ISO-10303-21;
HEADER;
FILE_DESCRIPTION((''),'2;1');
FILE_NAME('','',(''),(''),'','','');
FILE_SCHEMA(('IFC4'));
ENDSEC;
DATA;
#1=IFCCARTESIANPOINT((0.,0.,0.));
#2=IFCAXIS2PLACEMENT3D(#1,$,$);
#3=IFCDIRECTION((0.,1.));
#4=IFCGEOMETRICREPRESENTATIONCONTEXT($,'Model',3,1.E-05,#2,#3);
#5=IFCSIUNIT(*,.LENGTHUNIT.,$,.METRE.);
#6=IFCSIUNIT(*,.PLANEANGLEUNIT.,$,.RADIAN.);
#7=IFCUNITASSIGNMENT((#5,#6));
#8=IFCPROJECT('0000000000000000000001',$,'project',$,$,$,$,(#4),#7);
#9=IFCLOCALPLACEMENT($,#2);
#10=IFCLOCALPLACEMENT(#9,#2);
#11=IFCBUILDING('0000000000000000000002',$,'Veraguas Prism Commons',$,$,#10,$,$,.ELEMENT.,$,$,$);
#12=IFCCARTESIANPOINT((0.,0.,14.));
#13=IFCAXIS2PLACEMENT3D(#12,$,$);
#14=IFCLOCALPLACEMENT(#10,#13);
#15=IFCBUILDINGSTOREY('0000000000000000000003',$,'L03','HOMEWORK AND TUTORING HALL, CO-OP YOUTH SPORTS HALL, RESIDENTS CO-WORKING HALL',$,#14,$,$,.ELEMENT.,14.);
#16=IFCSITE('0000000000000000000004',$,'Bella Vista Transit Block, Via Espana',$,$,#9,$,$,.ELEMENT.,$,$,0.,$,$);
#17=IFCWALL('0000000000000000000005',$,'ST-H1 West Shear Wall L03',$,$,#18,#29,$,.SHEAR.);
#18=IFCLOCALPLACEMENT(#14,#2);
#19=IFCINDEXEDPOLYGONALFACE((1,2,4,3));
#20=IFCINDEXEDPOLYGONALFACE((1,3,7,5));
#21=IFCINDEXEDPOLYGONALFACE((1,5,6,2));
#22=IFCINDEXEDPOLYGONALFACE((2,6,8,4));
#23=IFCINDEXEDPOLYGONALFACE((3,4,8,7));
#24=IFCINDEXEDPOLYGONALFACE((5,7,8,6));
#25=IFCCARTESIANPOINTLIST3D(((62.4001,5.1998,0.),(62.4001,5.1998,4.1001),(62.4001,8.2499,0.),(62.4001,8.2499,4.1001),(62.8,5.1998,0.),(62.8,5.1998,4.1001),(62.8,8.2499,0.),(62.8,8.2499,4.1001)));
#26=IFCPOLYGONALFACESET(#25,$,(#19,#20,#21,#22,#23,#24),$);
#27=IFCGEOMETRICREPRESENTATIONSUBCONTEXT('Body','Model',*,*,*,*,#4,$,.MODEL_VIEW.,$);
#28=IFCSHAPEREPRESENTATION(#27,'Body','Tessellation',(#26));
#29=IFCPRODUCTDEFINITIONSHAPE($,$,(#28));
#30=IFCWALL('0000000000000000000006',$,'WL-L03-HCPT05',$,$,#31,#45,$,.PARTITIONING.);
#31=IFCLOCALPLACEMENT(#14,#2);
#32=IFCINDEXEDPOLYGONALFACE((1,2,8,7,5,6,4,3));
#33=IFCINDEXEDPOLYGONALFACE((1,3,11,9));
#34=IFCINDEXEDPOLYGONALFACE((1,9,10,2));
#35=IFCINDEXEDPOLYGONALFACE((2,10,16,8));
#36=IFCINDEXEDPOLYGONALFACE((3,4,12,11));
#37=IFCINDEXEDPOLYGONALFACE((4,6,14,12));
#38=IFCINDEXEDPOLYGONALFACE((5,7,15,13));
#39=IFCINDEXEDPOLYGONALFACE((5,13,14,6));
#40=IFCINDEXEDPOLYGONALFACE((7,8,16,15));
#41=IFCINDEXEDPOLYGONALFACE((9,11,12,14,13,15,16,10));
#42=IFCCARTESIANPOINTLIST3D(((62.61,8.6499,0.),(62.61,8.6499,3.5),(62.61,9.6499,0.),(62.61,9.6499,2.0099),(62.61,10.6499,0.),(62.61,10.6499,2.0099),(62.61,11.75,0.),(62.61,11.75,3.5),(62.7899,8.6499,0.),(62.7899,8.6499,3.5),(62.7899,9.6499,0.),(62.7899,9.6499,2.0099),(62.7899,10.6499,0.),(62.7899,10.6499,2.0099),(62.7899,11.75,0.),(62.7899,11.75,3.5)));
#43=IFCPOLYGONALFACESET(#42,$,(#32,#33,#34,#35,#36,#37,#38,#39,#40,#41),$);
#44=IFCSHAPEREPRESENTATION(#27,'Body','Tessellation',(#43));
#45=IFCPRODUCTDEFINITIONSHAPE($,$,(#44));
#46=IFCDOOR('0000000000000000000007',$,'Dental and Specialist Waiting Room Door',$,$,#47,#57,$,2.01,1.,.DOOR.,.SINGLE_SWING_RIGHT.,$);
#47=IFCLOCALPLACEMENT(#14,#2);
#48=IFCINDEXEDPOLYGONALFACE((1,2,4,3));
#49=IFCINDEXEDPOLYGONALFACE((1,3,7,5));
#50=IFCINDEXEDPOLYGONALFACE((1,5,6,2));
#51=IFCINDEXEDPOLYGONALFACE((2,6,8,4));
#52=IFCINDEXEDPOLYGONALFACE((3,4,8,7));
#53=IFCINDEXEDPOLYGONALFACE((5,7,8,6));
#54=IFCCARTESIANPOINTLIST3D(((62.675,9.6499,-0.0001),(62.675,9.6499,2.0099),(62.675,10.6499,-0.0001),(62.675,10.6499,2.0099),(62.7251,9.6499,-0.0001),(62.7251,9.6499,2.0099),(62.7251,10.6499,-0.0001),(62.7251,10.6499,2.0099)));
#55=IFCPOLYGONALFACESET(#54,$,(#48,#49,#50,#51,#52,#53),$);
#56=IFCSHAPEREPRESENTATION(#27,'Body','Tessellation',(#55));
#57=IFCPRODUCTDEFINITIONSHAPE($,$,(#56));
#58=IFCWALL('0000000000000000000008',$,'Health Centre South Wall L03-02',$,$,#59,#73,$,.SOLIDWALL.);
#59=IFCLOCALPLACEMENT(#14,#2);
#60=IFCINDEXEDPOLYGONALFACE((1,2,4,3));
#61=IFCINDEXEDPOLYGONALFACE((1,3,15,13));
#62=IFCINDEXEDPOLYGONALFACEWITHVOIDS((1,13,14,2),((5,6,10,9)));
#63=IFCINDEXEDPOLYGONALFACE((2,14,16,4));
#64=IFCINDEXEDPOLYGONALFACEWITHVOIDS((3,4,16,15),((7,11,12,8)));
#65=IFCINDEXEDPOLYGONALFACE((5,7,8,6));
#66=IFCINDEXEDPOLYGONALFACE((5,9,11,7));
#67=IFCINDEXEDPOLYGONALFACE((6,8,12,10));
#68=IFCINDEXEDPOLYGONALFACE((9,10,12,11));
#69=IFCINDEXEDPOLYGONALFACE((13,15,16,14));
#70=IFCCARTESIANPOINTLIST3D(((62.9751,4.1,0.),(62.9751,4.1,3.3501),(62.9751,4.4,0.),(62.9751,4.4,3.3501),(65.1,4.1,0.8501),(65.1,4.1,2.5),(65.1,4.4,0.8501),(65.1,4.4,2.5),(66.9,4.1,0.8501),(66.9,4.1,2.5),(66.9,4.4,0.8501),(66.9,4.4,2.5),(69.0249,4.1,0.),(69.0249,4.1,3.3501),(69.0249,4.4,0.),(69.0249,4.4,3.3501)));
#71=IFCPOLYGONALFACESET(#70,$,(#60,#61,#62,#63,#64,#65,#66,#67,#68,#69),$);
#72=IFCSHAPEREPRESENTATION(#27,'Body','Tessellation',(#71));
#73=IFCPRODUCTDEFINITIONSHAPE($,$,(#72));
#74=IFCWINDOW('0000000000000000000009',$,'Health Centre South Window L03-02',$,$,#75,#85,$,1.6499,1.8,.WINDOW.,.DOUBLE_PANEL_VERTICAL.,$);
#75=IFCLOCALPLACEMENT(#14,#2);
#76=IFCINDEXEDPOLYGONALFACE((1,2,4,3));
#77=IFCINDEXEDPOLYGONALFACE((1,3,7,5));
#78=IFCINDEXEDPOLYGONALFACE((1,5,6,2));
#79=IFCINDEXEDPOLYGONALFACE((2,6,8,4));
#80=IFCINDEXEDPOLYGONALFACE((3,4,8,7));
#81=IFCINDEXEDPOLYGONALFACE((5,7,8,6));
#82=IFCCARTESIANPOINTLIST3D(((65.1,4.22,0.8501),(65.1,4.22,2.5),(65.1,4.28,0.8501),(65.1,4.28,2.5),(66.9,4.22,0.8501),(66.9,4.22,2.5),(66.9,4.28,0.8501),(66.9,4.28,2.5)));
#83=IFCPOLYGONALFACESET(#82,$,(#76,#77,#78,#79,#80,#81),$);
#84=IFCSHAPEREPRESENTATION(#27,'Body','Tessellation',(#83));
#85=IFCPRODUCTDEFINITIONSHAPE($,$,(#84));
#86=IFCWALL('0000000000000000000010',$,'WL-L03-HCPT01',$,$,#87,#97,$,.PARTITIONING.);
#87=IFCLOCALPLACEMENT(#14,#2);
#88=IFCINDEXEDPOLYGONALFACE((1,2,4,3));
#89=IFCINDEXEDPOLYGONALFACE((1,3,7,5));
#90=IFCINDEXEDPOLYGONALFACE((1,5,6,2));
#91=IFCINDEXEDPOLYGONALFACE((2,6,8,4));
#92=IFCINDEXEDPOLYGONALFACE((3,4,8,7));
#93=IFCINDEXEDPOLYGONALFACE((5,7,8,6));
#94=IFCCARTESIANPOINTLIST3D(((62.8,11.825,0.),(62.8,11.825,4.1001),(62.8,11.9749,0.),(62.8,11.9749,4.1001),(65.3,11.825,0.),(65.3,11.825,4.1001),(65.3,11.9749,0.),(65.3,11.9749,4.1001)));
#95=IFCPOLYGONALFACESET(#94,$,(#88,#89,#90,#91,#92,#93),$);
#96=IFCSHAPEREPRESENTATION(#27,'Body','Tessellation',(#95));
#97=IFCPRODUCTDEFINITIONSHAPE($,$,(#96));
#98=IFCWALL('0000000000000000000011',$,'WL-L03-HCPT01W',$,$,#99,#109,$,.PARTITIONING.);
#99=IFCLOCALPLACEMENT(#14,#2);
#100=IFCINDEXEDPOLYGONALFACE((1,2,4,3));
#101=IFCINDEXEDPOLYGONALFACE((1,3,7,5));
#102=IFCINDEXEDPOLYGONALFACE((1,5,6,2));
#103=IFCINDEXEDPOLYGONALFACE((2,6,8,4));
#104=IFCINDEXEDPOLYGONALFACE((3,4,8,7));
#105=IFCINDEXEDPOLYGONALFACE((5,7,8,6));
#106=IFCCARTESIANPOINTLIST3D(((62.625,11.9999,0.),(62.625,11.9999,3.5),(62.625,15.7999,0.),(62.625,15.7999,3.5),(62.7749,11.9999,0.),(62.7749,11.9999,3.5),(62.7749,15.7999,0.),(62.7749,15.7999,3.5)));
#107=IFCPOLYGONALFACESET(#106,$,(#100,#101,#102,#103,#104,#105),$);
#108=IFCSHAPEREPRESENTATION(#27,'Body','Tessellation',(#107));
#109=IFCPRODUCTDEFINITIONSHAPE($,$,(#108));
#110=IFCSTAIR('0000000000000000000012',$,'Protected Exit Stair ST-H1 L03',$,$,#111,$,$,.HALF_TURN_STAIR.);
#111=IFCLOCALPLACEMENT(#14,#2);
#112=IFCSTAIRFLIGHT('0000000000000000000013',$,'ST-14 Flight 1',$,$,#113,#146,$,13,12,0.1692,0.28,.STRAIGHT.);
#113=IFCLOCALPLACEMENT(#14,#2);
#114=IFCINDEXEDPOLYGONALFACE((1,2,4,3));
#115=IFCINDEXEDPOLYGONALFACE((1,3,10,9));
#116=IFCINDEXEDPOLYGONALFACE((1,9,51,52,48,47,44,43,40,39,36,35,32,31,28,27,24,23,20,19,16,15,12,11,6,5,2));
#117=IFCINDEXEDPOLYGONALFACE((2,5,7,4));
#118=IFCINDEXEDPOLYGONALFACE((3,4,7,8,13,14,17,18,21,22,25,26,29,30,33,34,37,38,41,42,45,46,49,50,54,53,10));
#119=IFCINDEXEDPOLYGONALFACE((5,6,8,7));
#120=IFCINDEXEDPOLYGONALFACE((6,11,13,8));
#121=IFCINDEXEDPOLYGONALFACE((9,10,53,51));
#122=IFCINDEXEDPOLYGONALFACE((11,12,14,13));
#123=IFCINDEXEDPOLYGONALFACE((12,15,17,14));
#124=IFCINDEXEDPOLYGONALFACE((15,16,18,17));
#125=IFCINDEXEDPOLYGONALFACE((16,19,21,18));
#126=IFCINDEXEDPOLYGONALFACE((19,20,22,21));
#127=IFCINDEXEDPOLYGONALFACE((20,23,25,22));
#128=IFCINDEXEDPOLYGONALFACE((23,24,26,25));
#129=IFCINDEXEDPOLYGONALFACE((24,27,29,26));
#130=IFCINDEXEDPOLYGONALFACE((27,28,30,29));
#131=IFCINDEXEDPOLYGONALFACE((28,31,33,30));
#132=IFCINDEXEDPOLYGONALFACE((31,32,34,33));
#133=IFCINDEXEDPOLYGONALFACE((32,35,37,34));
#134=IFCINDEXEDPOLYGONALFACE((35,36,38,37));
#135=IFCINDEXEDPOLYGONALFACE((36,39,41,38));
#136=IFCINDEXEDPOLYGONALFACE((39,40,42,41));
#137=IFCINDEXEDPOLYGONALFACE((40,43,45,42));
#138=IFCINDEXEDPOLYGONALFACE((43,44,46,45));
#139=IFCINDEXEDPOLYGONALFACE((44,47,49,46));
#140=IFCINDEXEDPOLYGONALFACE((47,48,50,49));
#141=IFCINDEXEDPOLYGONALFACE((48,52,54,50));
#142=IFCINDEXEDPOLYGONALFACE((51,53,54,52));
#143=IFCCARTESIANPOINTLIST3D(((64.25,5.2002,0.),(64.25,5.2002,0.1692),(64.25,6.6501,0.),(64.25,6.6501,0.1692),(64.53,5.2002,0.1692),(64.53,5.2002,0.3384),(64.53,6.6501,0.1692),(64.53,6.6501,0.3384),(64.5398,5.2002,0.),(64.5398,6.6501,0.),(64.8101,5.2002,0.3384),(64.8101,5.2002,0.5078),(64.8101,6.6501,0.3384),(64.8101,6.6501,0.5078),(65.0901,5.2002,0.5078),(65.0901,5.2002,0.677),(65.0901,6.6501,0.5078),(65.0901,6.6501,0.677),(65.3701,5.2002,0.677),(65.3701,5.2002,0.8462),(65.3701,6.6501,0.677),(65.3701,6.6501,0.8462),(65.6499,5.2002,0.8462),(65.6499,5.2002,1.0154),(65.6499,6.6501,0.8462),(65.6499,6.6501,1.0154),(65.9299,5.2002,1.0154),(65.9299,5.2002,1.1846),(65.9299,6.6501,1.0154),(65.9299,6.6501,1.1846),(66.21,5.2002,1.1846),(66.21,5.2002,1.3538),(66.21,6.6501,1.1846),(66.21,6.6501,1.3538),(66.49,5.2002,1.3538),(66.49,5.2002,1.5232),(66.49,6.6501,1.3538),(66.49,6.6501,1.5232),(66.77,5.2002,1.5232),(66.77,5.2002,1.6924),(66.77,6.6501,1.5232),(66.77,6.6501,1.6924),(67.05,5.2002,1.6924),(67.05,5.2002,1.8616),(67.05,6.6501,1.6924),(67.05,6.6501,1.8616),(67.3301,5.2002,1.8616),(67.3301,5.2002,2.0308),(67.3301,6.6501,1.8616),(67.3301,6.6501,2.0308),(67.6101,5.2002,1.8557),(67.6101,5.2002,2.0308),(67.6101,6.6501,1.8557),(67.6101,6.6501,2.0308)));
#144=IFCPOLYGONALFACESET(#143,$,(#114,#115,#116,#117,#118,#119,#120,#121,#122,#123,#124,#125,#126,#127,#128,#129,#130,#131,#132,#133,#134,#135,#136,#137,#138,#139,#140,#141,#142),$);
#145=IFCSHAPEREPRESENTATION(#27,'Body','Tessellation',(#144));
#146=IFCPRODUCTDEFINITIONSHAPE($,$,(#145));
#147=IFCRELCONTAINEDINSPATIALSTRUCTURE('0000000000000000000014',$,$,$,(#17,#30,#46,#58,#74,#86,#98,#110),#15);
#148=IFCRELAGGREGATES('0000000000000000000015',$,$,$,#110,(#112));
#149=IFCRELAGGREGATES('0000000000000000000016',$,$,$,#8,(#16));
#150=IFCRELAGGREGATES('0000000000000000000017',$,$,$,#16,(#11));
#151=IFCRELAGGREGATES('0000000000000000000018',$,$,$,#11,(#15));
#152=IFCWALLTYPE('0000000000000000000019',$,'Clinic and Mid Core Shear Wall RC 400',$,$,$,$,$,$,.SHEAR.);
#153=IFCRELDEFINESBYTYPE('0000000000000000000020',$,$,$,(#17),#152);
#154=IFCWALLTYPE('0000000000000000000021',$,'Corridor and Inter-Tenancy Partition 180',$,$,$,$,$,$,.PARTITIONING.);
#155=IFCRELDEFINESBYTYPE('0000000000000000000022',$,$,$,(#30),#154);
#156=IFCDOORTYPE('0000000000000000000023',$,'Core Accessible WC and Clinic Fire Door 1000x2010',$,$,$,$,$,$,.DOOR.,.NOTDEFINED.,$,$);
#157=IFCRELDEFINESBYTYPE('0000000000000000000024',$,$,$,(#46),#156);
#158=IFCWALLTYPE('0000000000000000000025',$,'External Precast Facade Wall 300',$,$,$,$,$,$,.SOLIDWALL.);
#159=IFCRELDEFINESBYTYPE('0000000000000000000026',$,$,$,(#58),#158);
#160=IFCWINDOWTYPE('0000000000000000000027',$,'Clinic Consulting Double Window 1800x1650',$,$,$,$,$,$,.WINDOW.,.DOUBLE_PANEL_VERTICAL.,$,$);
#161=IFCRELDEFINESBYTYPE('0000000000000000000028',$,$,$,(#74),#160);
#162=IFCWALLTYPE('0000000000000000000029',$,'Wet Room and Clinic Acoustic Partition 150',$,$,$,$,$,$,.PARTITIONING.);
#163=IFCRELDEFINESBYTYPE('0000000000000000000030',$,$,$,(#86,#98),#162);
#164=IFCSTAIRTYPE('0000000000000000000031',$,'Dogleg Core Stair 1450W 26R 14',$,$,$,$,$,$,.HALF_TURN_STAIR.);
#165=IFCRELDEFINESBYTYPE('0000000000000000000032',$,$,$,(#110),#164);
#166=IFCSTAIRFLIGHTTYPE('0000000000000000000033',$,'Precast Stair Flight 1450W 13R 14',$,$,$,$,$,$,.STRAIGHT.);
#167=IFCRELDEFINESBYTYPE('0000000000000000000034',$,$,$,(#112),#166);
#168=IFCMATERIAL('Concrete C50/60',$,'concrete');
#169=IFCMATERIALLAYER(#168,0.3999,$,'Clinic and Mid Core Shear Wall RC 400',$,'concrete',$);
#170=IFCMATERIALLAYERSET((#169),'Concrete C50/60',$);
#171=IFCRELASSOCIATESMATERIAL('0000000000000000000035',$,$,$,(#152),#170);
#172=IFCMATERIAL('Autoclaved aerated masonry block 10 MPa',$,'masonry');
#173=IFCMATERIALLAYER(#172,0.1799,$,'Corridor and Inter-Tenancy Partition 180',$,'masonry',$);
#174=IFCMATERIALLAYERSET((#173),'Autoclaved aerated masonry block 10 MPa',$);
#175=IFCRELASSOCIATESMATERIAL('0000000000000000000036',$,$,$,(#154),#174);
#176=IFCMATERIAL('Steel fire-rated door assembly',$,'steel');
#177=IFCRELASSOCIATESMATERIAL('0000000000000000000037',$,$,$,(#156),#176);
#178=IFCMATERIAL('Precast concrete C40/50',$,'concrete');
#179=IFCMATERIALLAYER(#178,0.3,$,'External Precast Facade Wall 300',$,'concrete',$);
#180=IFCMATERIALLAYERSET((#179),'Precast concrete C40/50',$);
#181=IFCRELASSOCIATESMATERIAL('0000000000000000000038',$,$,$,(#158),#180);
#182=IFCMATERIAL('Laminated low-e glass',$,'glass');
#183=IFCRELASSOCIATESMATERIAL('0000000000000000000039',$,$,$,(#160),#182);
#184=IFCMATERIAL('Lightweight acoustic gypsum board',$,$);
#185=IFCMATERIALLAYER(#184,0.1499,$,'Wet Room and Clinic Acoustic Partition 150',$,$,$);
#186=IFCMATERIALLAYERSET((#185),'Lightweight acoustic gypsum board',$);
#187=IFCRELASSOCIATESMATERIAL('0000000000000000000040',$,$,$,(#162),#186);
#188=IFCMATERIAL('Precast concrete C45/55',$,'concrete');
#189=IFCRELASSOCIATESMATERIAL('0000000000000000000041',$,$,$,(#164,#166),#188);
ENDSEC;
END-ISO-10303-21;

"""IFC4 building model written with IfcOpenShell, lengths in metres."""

from ifc_helpers import new_model, si_unit, direction, frame, frame_2d, origin, place, context, subcontext, project, spatial, polyline, rectangle, outline, extrude, source, transform, mapped, material, layer, layer_set, type_object, element, fill, aggregate, save


model = new_model("IFC4")

# Units and contexts
model_context = context("Model", 3, precision=1e-05, world=origin(), true_north=direction((0.0, 1.0)))
body_context = subcontext(model_context, "Body", "Model", "MODEL_VIEW")
ifc_project = project(units=[si_unit("LENGTHUNIT", "METRE"), si_unit("PLANEANGLEUNIT", "RADIAN")], contexts=[model_context])

# Site, building, storey
site_placement = place(None, origin())
site = spatial("IfcSite", under=ifc_project, at=site_placement, Name="Bella Vista Transit Block, Via Espana", CompositionType="ELEMENT", RefElevation=0.0)
building_placement = place(site_placement, origin())
building = spatial("IfcBuilding", under=site, at=building_placement, Name="Veraguas Prism Commons", CompositionType="ELEMENT")
storey_placement = place(building_placement, frame((0.0, 0.0, 14.0)))
storey = spatial("IfcBuildingStorey", under=building, at=storey_placement, Name="L03", Description="HOMEWORK AND TUTORING HALL, CO-OP YOUTH SPORTS HALL, RESIDENTS CO-WORKING HALL", CompositionType="ELEMENT", Elevation=14.0)

# Shared definitions
ifc_material_1 = material(Name="Concrete C50/60", Category="concrete")

# Shared definitions
ifc_layer_1 = layer(ifc_material_1, 0.3999, Name="Clinic and Mid Core Shear Wall RC 400", Category="concrete")
ifc_layer_set_1 = layer_set([ifc_layer_1], Name="Concrete C50/60")
wall_type_1 = type_object("IfcWallType", Name="Clinic and Mid Core Shear Wall RC 400", PredefinedType="SHEAR", material=ifc_layer_set_1)

# Shared definitions
ifc_material_2 = material(Name="Steel fire-rated door assembly", Category="steel")

# Wall
wall_1_placement = place(storey_placement, frame((62.6001, 5.2, 0.0), z_axis=(0.0, 0.0, 1.0), x_axis=(0.0, 1.0, 0.0)))
element("IfcWall", 1, at=wall_1_placement, inside=storey, type_object=wall_type_1, Name="ST-H1 West Shear Wall L03", PredefinedType="SHEAR", context=body_context, shape_type="SweptSolid", body=[
    extrude(rectangle(XDim=3.05, YDim=0.3999, at=frame_2d((1.5249, 0.0))), origin(), (0.0, 0.0, 1.0), 4.1001),
])

# Wall, opening, door
ifc_material_3 = material(Name="Autoclaved aerated masonry block 10 MPa", Category="masonry")
ifc_layer_2 = layer(ifc_material_3, 0.1799, Name="Corridor and Inter-Tenancy Partition 180", Category="masonry")
ifc_layer_set_2 = layer_set([ifc_layer_2], Name="Autoclaved aerated masonry block 10 MPa")
wall_type_2 = type_object("IfcWallType", Name="Corridor and Inter-Tenancy Partition 180", PredefinedType="PARTITIONING", material=ifc_layer_set_2)
wall_2_placement = place(storey_placement, frame((62.7, 8.6499, 0.0), z_axis=(0.0, 0.0, 1.0), x_axis=(0.0, 1.0, 0.0)))
wall_2 = element("IfcWall", 2, at=wall_2_placement, inside=storey, type_object=wall_type_2, Name="WL-L03-HCPT05", PredefinedType="PARTITIONING", context=body_context, shape_type="SweptSolid", body=[
    extrude(rectangle(XDim=3.1001, YDim=0.1799, at=frame_2d((1.55, 0.0))), origin(), (0.0, 0.0, 1.0), 3.5),
])
opening_1_placement = place(wall_2_placement, frame((1.0, 0.0, 0.0)))
opening_1 = element("IfcOpeningElement", 3, at=opening_1_placement, cuts=wall_2, PredefinedType="OPENING", context=body_context, shape_type="SweptSolid", body=[
    extrude(rectangle(XDim=1.0, YDim=2.01, at=frame_2d((0.5, 1.0049))), frame((0.0, 0.0999, 0.0), z_axis=(0.0, -1.0, 0.0), x_axis=(1.0, 0.0, 0.0)), (0.0, 0.0, 1.0), 0.2),
])
door_type_1 = type_object("IfcDoorType", Name="Core Accessible WC and Clinic Fire Door 1000x2010", OperationType="NOTDEFINED", PredefinedType="DOOR", material=ifc_material_2)
shared_shape_1 = source(origin(), body_context, "Body", "SweptSolid", [
    extrude(rectangle(XDim=1.0, YDim=2.01, at=frame_2d((0.5, 1.0049))), frame((0.0, 0.0249, 0.0), z_axis=(0.0, -1.0, 0.0), x_axis=(1.0, 0.0, 0.0)), (0.0, 0.0, 1.0), 0.05),
])
door_1_placement = place(opening_1_placement, origin())
door_1 = element("IfcDoor", 4, at=door_1_placement, inside=storey, type_object=door_type_1, Name="Dental and Specialist Waiting Room Door", OperationType="SINGLE_SWING_RIGHT", OverallHeight=2.01, OverallWidth=1.0, PredefinedType="DOOR", context=body_context, shape_type="MappedRepresentation", body=[
    mapped(shared_shape_1, transform((0.0, 0.0, 0.0), scale=1.0)),
])
fill(opening_1, door_1)

# Wall, opening, window
ifc_material_4 = material(Name="Precast concrete C40/50", Category="concrete")
ifc_layer_3 = layer(ifc_material_4, 0.3, Name="External Precast Facade Wall 300", Category="concrete")
ifc_layer_set_3 = layer_set([ifc_layer_3], Name="Precast concrete C40/50")
wall_type_3 = type_object("IfcWallType", Name="External Precast Facade Wall 300", PredefinedType="SOLIDWALL", material=ifc_layer_set_3)
wall_3_placement = place(storey_placement, frame((62.9751, 4.25, 0.0), z_axis=(0.0, 0.0, 1.0), x_axis=(1.0, 0.0, 0.0)))
wall_3 = element("IfcWall", 5, at=wall_3_placement, inside=storey, type_object=wall_type_3, Name="Health Centre South Wall L03-02", PredefinedType="SOLIDWALL", context=body_context, shape_type="SweptSolid", body=[
    extrude(rectangle(XDim=6.0498, YDim=0.3, at=frame_2d((3.0249, 0.0))), origin(), (0.0, 0.0, 1.0), 3.3501),
])
opening_2_placement = place(wall_3_placement, frame((2.125, 0.0, 0.8501)))
opening_2 = element("IfcOpeningElement", 6, at=opening_2_placement, cuts=wall_3, PredefinedType="OPENING", context=body_context, shape_type="SweptSolid", body=[
    extrude(rectangle(XDim=1.8, YDim=1.6499, at=frame_2d((0.8999, 0.825))), frame((0.0, 0.1599, 0.0), z_axis=(0.0, -1.0, 0.0), x_axis=(1.0, 0.0, 0.0)), (0.0, 0.0, 1.0), 0.3201),
])
ifc_material_5 = material(Name="Laminated low-e glass", Category="glass")
window_type = type_object("IfcWindowType", Name="Clinic Consulting Double Window 1800x1650", PartitioningType="DOUBLE_PANEL_VERTICAL", PredefinedType="WINDOW", material=ifc_material_5)
shared_shape_2 = source(origin(), body_context, "Body", "SweptSolid", [
    extrude(rectangle(XDim=1.8, YDim=1.6499, at=frame_2d((0.8999, 0.825))), frame((0.0, 0.03, 0.0), z_axis=(0.0, -1.0, 0.0), x_axis=(1.0, 0.0, 0.0)), (0.0, 0.0, 1.0), 0.0601),
])
window_placement = place(opening_2_placement, origin())
window = element("IfcWindow", 7, at=window_placement, inside=storey, type_object=window_type, Name="Health Centre South Window L03-02", OverallHeight=1.6499, OverallWidth=1.8, PartitioningType="DOUBLE_PANEL_VERTICAL", PredefinedType="WINDOW", context=body_context, shape_type="MappedRepresentation", body=[
    mapped(shared_shape_2, transform((0.0, 0.0, 0.0), scale=1.0)),
])
fill(opening_2, window)

# Walls
ifc_material_6 = material(Name="Lightweight acoustic gypsum board")
ifc_layer_4 = layer(ifc_material_6, 0.1499, Name="Wet Room and Clinic Acoustic Partition 150")
ifc_layer_set_4 = layer_set([ifc_layer_4], Name="Lightweight acoustic gypsum board")
wall_type_4 = type_object("IfcWallType", Name="Wet Room and Clinic Acoustic Partition 150", PredefinedType="PARTITIONING", material=ifc_layer_set_4)
wall_4_placement = place(storey_placement, frame((62.8, 11.8999, 0.0), z_axis=(0.0, 0.0, 1.0), x_axis=(1.0, 0.0, 0.0)))
element("IfcWall", 8, at=wall_4_placement, inside=storey, type_object=wall_type_4, Name="WL-L03-HCPT01", PredefinedType="PARTITIONING", context=body_context, shape_type="SweptSolid", body=[
    extrude(rectangle(XDim=2.5, YDim=0.1499, at=frame_2d((1.25, 0.0))), origin(), (0.0, 0.0, 1.0), 4.1001),
])
wall_5_placement = place(storey_placement, frame((62.7, 12.0, 0.0), z_axis=(0.0, 0.0, 1.0), x_axis=(0.0, 1.0, 0.0)))
element("IfcWall", 9, at=wall_5_placement, inside=storey, type_object=wall_type_4, Name="WL-L03-HCPT01W", PredefinedType="PARTITIONING", context=body_context, shape_type="SweptSolid", body=[
    extrude(rectangle(XDim=3.8, YDim=0.1499, at=frame_2d((1.8999, 0.0))), origin(), (0.0, 0.0, 1.0), 3.5),
])

# Stair, stair flight
ifc_material_7 = material(Name="Precast concrete C45/55", Category="concrete")
stair_type = type_object("IfcStairType", Name="Dogleg Core Stair 1450W 26R 14", PredefinedType="HALF_TURN_STAIR", material=ifc_material_7)
stair_placement = place(storey_placement, origin())
stair = element("IfcStair", 10, at=stair_placement, inside=storey, type_object=stair_type, Name="Protected Exit Stair ST-H1 L03", PredefinedType="HALF_TURN_STAIR")
stair_flight_type = type_object("IfcStairFlightType", Name="Precast Stair Flight 1450W 13R 14", PredefinedType="STRAIGHT", material=ifc_material_7)
stair_flight_placement = place(storey_placement, frame((64.25, 5.925, 0.0), z_axis=(0.0, 0.0, 1.0), x_axis=(1.0, 0.0, 0.0)))
stair_flight = element("IfcStairFlight", 11, at=stair_flight_placement, type_object=stair_flight_type, Name="ST-14 Flight 1", NumberOfRisers=13, NumberOfTreads=12, PredefinedType="STRAIGHT", RiserHeight=0.1692, TreadLength=0.28, context=body_context, shape_type="SweptSolid", body=[
    extrude(outline(polyline([(0.0, 0.0), (0.0, 0.1692), (0.28, 0.1692), (0.28, 0.3384), (0.5601, 0.3384), (0.5601, 0.5078), (0.8401, 0.5078), (0.8401, 0.677), (1.1201, 0.677), (1.1201, 0.8462), (1.3999, 0.8462), (1.3999, 1.0154), (1.6799, 1.0154), (1.6799, 1.1846), (1.96, 1.1846), (1.96, 1.3538), (2.24, 1.3538), (2.24, 1.5232), (2.52, 1.5232), (2.52, 1.6924), (2.8, 1.6924), (2.8, 1.8616), (3.0801, 1.8616), (3.0801, 2.0308), (3.3601, 2.0308), (3.3601, 2.2), (3.3601, 1.8557), (0.2898, 0.0), (0.0, 0.0)])), frame((0.0, 0.7251, 0.0), z_axis=(0.0, -1.0, 0.0), x_axis=(1.0, 0.0, 0.0)), (0.0, 0.0, 1.0), 1.45),
])
aggregate(stair, [stair_flight])

save(model, "model.ifc")
